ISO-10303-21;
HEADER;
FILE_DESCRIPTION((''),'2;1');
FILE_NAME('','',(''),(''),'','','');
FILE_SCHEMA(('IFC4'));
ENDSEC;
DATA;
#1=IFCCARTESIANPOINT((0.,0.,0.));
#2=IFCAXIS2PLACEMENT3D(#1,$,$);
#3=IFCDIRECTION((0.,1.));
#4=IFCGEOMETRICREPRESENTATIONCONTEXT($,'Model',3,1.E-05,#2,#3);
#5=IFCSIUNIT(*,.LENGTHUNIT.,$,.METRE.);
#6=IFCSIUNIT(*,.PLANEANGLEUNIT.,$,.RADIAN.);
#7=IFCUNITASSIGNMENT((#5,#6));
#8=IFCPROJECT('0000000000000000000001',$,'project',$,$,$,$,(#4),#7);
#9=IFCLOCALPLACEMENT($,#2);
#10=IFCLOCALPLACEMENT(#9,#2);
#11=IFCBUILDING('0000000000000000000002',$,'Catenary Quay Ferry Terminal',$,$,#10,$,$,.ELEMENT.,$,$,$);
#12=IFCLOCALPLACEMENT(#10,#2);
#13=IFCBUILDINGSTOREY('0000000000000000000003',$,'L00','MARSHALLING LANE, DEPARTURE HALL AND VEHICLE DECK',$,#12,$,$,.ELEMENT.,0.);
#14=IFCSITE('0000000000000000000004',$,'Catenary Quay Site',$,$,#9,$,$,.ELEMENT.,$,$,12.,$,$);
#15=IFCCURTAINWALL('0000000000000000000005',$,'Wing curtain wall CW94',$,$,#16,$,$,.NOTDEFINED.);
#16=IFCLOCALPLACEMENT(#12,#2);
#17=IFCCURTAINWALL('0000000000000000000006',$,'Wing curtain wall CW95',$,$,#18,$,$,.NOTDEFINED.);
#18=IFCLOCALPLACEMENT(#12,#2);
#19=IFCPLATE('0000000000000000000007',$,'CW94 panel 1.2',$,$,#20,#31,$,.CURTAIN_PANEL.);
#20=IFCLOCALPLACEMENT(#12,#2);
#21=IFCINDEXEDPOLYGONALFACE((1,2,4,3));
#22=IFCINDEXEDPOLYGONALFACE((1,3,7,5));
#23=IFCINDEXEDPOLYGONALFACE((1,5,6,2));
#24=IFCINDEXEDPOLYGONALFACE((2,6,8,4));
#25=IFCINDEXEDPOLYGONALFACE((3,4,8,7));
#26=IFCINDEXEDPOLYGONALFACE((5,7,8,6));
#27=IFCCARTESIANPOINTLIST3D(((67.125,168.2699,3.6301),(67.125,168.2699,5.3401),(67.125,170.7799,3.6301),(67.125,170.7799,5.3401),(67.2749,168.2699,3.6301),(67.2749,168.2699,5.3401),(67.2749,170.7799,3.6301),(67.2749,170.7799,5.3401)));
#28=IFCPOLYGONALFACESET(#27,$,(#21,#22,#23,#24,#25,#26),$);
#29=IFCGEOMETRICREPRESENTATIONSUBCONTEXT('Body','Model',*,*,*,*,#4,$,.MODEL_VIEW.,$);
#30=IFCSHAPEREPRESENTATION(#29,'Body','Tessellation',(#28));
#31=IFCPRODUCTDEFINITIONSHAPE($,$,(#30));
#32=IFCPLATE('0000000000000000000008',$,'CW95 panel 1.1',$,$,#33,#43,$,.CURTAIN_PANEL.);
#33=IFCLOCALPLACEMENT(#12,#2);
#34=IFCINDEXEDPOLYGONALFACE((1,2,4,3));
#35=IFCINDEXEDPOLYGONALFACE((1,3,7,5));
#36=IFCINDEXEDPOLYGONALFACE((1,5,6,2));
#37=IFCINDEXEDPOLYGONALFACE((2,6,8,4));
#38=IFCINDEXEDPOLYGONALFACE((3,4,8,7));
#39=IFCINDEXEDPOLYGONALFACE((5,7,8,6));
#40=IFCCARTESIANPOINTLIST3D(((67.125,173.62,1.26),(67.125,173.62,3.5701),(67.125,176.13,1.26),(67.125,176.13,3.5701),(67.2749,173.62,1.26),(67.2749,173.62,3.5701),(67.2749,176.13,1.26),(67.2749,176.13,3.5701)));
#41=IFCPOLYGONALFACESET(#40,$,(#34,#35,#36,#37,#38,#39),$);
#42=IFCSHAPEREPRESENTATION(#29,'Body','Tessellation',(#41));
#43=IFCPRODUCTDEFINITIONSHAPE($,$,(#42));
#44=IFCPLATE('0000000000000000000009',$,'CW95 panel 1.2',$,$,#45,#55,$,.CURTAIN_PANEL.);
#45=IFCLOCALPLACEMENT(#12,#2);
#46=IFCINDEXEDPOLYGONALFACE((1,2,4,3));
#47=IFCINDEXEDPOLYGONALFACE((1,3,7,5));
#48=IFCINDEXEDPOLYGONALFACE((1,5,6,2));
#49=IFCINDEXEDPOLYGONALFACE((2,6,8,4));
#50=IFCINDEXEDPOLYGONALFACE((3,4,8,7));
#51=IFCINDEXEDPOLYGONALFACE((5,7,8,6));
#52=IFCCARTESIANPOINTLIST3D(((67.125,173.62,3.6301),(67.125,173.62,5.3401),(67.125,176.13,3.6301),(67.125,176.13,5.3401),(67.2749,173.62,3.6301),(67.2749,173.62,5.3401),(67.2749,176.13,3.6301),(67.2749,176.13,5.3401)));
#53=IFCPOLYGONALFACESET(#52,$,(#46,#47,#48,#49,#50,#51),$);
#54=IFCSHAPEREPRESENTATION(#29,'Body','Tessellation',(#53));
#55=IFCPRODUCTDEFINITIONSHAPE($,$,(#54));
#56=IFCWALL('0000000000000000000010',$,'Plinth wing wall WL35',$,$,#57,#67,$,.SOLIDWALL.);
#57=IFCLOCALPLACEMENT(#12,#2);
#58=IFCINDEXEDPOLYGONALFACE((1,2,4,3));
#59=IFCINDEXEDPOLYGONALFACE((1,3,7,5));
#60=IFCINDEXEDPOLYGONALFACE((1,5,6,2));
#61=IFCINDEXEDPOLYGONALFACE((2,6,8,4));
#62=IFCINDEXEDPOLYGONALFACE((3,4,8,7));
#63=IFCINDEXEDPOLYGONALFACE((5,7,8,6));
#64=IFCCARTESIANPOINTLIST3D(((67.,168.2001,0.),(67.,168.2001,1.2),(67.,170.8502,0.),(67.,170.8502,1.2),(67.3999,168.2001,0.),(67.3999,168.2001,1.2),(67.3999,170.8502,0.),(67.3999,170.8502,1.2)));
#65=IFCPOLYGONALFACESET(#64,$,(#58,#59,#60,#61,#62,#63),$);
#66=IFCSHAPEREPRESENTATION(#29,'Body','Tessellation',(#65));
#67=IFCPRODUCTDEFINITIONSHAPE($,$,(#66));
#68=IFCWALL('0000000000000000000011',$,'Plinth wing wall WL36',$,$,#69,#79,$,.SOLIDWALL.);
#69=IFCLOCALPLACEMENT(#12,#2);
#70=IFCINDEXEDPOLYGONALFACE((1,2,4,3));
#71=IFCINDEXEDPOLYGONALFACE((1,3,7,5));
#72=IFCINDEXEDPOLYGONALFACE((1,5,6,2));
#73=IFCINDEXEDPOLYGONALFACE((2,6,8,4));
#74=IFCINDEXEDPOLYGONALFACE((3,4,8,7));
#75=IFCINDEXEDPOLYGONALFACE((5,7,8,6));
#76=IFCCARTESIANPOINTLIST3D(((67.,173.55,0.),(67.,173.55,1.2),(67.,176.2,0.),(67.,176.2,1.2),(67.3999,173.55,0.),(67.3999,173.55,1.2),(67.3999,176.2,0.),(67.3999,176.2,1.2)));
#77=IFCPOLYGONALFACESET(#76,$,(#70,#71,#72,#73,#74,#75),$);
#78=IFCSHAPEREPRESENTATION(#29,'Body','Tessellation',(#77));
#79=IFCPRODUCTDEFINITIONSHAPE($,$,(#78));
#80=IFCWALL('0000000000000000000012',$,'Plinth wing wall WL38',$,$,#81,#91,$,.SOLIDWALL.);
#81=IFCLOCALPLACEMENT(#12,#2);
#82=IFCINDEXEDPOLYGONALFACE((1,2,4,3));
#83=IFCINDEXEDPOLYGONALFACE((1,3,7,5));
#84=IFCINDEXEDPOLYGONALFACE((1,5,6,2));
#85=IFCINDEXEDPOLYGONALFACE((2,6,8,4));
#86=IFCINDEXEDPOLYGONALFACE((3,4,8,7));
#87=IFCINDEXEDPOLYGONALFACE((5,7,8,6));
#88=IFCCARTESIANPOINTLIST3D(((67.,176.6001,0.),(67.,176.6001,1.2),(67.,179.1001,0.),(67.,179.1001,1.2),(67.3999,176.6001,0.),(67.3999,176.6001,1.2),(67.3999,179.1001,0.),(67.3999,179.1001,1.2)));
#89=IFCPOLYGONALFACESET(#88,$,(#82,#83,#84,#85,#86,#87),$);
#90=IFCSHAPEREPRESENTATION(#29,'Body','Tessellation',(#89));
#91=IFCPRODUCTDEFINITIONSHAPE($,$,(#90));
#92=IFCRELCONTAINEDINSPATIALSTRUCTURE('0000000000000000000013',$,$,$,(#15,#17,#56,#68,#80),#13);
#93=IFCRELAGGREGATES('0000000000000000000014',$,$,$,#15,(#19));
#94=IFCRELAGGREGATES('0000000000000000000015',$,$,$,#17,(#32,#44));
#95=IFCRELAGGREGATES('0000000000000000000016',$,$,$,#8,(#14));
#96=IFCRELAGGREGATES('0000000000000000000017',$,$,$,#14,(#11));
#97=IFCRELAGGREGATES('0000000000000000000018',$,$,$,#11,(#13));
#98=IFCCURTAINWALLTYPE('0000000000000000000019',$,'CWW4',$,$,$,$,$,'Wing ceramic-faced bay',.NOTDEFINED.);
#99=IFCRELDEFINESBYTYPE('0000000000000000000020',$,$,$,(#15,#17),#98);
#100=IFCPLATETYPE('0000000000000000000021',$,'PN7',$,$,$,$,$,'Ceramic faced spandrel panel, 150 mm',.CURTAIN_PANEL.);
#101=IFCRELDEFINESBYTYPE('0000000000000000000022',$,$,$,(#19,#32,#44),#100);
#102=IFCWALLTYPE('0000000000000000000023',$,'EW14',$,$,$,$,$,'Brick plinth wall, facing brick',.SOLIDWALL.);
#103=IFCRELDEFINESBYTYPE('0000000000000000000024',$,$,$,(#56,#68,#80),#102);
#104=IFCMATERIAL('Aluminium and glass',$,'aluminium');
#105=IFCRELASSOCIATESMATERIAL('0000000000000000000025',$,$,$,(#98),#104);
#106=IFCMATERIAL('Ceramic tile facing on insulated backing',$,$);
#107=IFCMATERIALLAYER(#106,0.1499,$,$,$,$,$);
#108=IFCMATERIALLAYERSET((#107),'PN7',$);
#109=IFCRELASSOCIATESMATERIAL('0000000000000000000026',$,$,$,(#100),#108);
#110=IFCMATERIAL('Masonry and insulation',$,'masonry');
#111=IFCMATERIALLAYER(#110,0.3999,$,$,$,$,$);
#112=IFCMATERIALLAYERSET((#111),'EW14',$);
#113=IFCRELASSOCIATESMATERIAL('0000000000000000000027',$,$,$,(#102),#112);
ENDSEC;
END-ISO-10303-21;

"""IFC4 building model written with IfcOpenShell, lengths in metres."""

from ifc_helpers import new_model, si_unit, direction, frame, frame_2d, origin, origin_2d, place, context, subcontext, project, spatial, rectangle, extrude, material, layer, layer_set, type_object, element, aggregate, save


model = new_model("IFC4")

# Units and contexts
model_context = context("Model", 3, precision=1e-05, world=origin(), true_north=direction((0.0, 1.0)))
body_context = subcontext(model_context, "Body", "Model", "MODEL_VIEW")
ifc_project = project(units=[si_unit("LENGTHUNIT", "METRE"), si_unit("PLANEANGLEUNIT", "RADIAN")], contexts=[model_context])

# Site, building, storey
site_placement = place(None, origin())
site = spatial("IfcSite", under=ifc_project, at=site_placement, Name="Catenary Quay Site", CompositionType="ELEMENT", RefElevation=12.0)
building_placement = place(site_placement, origin())
building = spatial("IfcBuilding", under=site, at=building_placement, Name="Catenary Quay Ferry Terminal", CompositionType="ELEMENT")
storey_placement = place(building_placement, origin())
storey = spatial("IfcBuildingStorey", under=building, at=storey_placement, Name="L00", Description="MARSHALLING LANE, DEPARTURE HALL AND VEHICLE DECK", CompositionType="ELEMENT", Elevation=0.0)

# Shared definitions
ifc_material_1 = material(Name="Aluminium and glass", Category="aluminium")
curtain_wall_type_1 = type_object("IfcCurtainWallType", Name="CWW4", ElementType="Wing ceramic-faced bay", PredefinedType="NOTDEFINED", material=ifc_material_1)

# Curtain walls
curtain_wall_1_placement = place(storey_placement, origin())
curtain_wall_1 = element("IfcCurtainWall", 1, at=curtain_wall_1_placement, inside=storey, type_object=curtain_wall_type_1, Name="Wing curtain wall CW94", PredefinedType="NOTDEFINED")
curtain_wall_2_placement = place(storey_placement, origin())
curtain_wall_2 = element("IfcCurtainWall", 2, at=curtain_wall_2_placement, inside=storey, type_object=curtain_wall_type_1, Name="Wing curtain wall CW95", PredefinedType="NOTDEFINED")

# Plates
ifc_material_2 = material(Name="Ceramic tile facing on insulated backing")
ifc_layer_1 = layer(ifc_material_2, 0.1499)
ifc_layer_set_1 = layer_set([ifc_layer_1], Name="PN7")
plate_type = type_object("IfcPlateType", Name="PN7", ElementType="Ceramic faced spandrel panel, 150 mm", PredefinedType="CURTAIN_PANEL", material=ifc_layer_set_1)
plate_1_placement = place(storey_placement, frame((67.2, 169.5249, 3.6301), z_axis=(0.0, 0.0, 1.0), x_axis=(0.0, 1.0, 0.0)))
plate_1 = element("IfcPlate", 3, at=plate_1_placement, type_object=plate_type, Name="CW94 panel 1.2", PredefinedType="CURTAIN_PANEL", context=body_context, shape_type="SweptSolid", body=[
    extrude(rectangle(XDim=2.51, YDim=0.1499, at=origin_2d()), origin(), (0.0, 0.0, 1.0), 1.71),
])
aggregate(curtain_wall_1, [plate_1])
plate_2_placement = place(storey_placement, frame((67.2, 174.875, 1.26), z_axis=(0.0, 0.0, 1.0), x_axis=(0.0, 1.0, 0.0)))
plate_2 = element("IfcPlate", 4, at=plate_2_placement, type_object=plate_type, Name="CW95 panel 1.1", PredefinedType="CURTAIN_PANEL", context=body_context, shape_type="SweptSolid", body=[
    extrude(rectangle(XDim=2.51, YDim=0.1499, at=origin_2d()), origin(), (0.0, 0.0, 1.0), 2.3101),
])
plate_3_placement = place(storey_placement, frame((67.2, 174.875, 3.6301), z_axis=(0.0, 0.0, 1.0), x_axis=(0.0, 1.0, 0.0)))
plate_3 = element("IfcPlate", 5, at=plate_3_placement, type_object=plate_type, Name="CW95 panel 1.2", PredefinedType="CURTAIN_PANEL", context=body_context, shape_type="SweptSolid", body=[
    extrude(rectangle(XDim=2.51, YDim=0.1499, at=origin_2d()), origin(), (0.0, 0.0, 1.0), 1.71),
])
aggregate(curtain_wall_2, [plate_2, plate_3])

# Walls
ifc_material_3 = material(Name="Masonry and insulation", Category="masonry")
ifc_layer_2 = layer(ifc_material_3, 0.3999)
ifc_layer_set_2 = layer_set([ifc_layer_2], Name="EW14")
wall_type_1 = type_object("IfcWallType", Name="EW14", ElementType="Brick plinth wall, facing brick", PredefinedType="SOLIDWALL", material=ifc_layer_set_2)
wall_1_placement = place(storey_placement, frame((67.2, 168.2, 0.0), z_axis=(0.0, 0.0, 1.0), x_axis=(0.0, 1.0, 0.0)))
element("IfcWall", 6, at=wall_1_placement, inside=storey, type_object=wall_type_1, Name="Plinth wing wall WL35", PredefinedType="SOLIDWALL", context=body_context, shape_type="SweptSolid", body=[
    extrude(rectangle(XDim=2.6501, YDim=0.3999, at=frame_2d((1.3252, 0.0))), origin(), (0.0, 0.0, 1.0), 1.2),
])
wall_2_placement = place(storey_placement, frame((67.2, 173.55, 0.0), z_axis=(0.0, 0.0, 1.0), x_axis=(0.0, 1.0, 0.0)))
element("IfcWall", 7, at=wall_2_placement, inside=storey, type_object=wall_type_1, Name="Plinth wing wall WL36", PredefinedType="SOLIDWALL", context=body_context, shape_type="SweptSolid", body=[
    extrude(rectangle(XDim=2.6499, YDim=0.3999, at=frame_2d((1.325, 0.0))), origin(), (0.0, 0.0, 1.0), 1.2),
])
wall_3_placement = place(storey_placement, frame((67.2, 176.6001, 0.0), z_axis=(0.0, 0.0, 1.0), x_axis=(0.0, 1.0, 0.0)))
element("IfcWall", 8, at=wall_3_placement, inside=storey, type_object=wall_type_1, Name="Plinth wing wall WL38", PredefinedType="SOLIDWALL", context=body_context, shape_type="SweptSolid", body=[
    extrude(rectangle(XDim=2.5, YDim=0.3999, at=frame_2d((1.25, 0.0))), origin(), (0.0, 0.0, 1.0), 1.2),
])

save(model, "model.ifc")
